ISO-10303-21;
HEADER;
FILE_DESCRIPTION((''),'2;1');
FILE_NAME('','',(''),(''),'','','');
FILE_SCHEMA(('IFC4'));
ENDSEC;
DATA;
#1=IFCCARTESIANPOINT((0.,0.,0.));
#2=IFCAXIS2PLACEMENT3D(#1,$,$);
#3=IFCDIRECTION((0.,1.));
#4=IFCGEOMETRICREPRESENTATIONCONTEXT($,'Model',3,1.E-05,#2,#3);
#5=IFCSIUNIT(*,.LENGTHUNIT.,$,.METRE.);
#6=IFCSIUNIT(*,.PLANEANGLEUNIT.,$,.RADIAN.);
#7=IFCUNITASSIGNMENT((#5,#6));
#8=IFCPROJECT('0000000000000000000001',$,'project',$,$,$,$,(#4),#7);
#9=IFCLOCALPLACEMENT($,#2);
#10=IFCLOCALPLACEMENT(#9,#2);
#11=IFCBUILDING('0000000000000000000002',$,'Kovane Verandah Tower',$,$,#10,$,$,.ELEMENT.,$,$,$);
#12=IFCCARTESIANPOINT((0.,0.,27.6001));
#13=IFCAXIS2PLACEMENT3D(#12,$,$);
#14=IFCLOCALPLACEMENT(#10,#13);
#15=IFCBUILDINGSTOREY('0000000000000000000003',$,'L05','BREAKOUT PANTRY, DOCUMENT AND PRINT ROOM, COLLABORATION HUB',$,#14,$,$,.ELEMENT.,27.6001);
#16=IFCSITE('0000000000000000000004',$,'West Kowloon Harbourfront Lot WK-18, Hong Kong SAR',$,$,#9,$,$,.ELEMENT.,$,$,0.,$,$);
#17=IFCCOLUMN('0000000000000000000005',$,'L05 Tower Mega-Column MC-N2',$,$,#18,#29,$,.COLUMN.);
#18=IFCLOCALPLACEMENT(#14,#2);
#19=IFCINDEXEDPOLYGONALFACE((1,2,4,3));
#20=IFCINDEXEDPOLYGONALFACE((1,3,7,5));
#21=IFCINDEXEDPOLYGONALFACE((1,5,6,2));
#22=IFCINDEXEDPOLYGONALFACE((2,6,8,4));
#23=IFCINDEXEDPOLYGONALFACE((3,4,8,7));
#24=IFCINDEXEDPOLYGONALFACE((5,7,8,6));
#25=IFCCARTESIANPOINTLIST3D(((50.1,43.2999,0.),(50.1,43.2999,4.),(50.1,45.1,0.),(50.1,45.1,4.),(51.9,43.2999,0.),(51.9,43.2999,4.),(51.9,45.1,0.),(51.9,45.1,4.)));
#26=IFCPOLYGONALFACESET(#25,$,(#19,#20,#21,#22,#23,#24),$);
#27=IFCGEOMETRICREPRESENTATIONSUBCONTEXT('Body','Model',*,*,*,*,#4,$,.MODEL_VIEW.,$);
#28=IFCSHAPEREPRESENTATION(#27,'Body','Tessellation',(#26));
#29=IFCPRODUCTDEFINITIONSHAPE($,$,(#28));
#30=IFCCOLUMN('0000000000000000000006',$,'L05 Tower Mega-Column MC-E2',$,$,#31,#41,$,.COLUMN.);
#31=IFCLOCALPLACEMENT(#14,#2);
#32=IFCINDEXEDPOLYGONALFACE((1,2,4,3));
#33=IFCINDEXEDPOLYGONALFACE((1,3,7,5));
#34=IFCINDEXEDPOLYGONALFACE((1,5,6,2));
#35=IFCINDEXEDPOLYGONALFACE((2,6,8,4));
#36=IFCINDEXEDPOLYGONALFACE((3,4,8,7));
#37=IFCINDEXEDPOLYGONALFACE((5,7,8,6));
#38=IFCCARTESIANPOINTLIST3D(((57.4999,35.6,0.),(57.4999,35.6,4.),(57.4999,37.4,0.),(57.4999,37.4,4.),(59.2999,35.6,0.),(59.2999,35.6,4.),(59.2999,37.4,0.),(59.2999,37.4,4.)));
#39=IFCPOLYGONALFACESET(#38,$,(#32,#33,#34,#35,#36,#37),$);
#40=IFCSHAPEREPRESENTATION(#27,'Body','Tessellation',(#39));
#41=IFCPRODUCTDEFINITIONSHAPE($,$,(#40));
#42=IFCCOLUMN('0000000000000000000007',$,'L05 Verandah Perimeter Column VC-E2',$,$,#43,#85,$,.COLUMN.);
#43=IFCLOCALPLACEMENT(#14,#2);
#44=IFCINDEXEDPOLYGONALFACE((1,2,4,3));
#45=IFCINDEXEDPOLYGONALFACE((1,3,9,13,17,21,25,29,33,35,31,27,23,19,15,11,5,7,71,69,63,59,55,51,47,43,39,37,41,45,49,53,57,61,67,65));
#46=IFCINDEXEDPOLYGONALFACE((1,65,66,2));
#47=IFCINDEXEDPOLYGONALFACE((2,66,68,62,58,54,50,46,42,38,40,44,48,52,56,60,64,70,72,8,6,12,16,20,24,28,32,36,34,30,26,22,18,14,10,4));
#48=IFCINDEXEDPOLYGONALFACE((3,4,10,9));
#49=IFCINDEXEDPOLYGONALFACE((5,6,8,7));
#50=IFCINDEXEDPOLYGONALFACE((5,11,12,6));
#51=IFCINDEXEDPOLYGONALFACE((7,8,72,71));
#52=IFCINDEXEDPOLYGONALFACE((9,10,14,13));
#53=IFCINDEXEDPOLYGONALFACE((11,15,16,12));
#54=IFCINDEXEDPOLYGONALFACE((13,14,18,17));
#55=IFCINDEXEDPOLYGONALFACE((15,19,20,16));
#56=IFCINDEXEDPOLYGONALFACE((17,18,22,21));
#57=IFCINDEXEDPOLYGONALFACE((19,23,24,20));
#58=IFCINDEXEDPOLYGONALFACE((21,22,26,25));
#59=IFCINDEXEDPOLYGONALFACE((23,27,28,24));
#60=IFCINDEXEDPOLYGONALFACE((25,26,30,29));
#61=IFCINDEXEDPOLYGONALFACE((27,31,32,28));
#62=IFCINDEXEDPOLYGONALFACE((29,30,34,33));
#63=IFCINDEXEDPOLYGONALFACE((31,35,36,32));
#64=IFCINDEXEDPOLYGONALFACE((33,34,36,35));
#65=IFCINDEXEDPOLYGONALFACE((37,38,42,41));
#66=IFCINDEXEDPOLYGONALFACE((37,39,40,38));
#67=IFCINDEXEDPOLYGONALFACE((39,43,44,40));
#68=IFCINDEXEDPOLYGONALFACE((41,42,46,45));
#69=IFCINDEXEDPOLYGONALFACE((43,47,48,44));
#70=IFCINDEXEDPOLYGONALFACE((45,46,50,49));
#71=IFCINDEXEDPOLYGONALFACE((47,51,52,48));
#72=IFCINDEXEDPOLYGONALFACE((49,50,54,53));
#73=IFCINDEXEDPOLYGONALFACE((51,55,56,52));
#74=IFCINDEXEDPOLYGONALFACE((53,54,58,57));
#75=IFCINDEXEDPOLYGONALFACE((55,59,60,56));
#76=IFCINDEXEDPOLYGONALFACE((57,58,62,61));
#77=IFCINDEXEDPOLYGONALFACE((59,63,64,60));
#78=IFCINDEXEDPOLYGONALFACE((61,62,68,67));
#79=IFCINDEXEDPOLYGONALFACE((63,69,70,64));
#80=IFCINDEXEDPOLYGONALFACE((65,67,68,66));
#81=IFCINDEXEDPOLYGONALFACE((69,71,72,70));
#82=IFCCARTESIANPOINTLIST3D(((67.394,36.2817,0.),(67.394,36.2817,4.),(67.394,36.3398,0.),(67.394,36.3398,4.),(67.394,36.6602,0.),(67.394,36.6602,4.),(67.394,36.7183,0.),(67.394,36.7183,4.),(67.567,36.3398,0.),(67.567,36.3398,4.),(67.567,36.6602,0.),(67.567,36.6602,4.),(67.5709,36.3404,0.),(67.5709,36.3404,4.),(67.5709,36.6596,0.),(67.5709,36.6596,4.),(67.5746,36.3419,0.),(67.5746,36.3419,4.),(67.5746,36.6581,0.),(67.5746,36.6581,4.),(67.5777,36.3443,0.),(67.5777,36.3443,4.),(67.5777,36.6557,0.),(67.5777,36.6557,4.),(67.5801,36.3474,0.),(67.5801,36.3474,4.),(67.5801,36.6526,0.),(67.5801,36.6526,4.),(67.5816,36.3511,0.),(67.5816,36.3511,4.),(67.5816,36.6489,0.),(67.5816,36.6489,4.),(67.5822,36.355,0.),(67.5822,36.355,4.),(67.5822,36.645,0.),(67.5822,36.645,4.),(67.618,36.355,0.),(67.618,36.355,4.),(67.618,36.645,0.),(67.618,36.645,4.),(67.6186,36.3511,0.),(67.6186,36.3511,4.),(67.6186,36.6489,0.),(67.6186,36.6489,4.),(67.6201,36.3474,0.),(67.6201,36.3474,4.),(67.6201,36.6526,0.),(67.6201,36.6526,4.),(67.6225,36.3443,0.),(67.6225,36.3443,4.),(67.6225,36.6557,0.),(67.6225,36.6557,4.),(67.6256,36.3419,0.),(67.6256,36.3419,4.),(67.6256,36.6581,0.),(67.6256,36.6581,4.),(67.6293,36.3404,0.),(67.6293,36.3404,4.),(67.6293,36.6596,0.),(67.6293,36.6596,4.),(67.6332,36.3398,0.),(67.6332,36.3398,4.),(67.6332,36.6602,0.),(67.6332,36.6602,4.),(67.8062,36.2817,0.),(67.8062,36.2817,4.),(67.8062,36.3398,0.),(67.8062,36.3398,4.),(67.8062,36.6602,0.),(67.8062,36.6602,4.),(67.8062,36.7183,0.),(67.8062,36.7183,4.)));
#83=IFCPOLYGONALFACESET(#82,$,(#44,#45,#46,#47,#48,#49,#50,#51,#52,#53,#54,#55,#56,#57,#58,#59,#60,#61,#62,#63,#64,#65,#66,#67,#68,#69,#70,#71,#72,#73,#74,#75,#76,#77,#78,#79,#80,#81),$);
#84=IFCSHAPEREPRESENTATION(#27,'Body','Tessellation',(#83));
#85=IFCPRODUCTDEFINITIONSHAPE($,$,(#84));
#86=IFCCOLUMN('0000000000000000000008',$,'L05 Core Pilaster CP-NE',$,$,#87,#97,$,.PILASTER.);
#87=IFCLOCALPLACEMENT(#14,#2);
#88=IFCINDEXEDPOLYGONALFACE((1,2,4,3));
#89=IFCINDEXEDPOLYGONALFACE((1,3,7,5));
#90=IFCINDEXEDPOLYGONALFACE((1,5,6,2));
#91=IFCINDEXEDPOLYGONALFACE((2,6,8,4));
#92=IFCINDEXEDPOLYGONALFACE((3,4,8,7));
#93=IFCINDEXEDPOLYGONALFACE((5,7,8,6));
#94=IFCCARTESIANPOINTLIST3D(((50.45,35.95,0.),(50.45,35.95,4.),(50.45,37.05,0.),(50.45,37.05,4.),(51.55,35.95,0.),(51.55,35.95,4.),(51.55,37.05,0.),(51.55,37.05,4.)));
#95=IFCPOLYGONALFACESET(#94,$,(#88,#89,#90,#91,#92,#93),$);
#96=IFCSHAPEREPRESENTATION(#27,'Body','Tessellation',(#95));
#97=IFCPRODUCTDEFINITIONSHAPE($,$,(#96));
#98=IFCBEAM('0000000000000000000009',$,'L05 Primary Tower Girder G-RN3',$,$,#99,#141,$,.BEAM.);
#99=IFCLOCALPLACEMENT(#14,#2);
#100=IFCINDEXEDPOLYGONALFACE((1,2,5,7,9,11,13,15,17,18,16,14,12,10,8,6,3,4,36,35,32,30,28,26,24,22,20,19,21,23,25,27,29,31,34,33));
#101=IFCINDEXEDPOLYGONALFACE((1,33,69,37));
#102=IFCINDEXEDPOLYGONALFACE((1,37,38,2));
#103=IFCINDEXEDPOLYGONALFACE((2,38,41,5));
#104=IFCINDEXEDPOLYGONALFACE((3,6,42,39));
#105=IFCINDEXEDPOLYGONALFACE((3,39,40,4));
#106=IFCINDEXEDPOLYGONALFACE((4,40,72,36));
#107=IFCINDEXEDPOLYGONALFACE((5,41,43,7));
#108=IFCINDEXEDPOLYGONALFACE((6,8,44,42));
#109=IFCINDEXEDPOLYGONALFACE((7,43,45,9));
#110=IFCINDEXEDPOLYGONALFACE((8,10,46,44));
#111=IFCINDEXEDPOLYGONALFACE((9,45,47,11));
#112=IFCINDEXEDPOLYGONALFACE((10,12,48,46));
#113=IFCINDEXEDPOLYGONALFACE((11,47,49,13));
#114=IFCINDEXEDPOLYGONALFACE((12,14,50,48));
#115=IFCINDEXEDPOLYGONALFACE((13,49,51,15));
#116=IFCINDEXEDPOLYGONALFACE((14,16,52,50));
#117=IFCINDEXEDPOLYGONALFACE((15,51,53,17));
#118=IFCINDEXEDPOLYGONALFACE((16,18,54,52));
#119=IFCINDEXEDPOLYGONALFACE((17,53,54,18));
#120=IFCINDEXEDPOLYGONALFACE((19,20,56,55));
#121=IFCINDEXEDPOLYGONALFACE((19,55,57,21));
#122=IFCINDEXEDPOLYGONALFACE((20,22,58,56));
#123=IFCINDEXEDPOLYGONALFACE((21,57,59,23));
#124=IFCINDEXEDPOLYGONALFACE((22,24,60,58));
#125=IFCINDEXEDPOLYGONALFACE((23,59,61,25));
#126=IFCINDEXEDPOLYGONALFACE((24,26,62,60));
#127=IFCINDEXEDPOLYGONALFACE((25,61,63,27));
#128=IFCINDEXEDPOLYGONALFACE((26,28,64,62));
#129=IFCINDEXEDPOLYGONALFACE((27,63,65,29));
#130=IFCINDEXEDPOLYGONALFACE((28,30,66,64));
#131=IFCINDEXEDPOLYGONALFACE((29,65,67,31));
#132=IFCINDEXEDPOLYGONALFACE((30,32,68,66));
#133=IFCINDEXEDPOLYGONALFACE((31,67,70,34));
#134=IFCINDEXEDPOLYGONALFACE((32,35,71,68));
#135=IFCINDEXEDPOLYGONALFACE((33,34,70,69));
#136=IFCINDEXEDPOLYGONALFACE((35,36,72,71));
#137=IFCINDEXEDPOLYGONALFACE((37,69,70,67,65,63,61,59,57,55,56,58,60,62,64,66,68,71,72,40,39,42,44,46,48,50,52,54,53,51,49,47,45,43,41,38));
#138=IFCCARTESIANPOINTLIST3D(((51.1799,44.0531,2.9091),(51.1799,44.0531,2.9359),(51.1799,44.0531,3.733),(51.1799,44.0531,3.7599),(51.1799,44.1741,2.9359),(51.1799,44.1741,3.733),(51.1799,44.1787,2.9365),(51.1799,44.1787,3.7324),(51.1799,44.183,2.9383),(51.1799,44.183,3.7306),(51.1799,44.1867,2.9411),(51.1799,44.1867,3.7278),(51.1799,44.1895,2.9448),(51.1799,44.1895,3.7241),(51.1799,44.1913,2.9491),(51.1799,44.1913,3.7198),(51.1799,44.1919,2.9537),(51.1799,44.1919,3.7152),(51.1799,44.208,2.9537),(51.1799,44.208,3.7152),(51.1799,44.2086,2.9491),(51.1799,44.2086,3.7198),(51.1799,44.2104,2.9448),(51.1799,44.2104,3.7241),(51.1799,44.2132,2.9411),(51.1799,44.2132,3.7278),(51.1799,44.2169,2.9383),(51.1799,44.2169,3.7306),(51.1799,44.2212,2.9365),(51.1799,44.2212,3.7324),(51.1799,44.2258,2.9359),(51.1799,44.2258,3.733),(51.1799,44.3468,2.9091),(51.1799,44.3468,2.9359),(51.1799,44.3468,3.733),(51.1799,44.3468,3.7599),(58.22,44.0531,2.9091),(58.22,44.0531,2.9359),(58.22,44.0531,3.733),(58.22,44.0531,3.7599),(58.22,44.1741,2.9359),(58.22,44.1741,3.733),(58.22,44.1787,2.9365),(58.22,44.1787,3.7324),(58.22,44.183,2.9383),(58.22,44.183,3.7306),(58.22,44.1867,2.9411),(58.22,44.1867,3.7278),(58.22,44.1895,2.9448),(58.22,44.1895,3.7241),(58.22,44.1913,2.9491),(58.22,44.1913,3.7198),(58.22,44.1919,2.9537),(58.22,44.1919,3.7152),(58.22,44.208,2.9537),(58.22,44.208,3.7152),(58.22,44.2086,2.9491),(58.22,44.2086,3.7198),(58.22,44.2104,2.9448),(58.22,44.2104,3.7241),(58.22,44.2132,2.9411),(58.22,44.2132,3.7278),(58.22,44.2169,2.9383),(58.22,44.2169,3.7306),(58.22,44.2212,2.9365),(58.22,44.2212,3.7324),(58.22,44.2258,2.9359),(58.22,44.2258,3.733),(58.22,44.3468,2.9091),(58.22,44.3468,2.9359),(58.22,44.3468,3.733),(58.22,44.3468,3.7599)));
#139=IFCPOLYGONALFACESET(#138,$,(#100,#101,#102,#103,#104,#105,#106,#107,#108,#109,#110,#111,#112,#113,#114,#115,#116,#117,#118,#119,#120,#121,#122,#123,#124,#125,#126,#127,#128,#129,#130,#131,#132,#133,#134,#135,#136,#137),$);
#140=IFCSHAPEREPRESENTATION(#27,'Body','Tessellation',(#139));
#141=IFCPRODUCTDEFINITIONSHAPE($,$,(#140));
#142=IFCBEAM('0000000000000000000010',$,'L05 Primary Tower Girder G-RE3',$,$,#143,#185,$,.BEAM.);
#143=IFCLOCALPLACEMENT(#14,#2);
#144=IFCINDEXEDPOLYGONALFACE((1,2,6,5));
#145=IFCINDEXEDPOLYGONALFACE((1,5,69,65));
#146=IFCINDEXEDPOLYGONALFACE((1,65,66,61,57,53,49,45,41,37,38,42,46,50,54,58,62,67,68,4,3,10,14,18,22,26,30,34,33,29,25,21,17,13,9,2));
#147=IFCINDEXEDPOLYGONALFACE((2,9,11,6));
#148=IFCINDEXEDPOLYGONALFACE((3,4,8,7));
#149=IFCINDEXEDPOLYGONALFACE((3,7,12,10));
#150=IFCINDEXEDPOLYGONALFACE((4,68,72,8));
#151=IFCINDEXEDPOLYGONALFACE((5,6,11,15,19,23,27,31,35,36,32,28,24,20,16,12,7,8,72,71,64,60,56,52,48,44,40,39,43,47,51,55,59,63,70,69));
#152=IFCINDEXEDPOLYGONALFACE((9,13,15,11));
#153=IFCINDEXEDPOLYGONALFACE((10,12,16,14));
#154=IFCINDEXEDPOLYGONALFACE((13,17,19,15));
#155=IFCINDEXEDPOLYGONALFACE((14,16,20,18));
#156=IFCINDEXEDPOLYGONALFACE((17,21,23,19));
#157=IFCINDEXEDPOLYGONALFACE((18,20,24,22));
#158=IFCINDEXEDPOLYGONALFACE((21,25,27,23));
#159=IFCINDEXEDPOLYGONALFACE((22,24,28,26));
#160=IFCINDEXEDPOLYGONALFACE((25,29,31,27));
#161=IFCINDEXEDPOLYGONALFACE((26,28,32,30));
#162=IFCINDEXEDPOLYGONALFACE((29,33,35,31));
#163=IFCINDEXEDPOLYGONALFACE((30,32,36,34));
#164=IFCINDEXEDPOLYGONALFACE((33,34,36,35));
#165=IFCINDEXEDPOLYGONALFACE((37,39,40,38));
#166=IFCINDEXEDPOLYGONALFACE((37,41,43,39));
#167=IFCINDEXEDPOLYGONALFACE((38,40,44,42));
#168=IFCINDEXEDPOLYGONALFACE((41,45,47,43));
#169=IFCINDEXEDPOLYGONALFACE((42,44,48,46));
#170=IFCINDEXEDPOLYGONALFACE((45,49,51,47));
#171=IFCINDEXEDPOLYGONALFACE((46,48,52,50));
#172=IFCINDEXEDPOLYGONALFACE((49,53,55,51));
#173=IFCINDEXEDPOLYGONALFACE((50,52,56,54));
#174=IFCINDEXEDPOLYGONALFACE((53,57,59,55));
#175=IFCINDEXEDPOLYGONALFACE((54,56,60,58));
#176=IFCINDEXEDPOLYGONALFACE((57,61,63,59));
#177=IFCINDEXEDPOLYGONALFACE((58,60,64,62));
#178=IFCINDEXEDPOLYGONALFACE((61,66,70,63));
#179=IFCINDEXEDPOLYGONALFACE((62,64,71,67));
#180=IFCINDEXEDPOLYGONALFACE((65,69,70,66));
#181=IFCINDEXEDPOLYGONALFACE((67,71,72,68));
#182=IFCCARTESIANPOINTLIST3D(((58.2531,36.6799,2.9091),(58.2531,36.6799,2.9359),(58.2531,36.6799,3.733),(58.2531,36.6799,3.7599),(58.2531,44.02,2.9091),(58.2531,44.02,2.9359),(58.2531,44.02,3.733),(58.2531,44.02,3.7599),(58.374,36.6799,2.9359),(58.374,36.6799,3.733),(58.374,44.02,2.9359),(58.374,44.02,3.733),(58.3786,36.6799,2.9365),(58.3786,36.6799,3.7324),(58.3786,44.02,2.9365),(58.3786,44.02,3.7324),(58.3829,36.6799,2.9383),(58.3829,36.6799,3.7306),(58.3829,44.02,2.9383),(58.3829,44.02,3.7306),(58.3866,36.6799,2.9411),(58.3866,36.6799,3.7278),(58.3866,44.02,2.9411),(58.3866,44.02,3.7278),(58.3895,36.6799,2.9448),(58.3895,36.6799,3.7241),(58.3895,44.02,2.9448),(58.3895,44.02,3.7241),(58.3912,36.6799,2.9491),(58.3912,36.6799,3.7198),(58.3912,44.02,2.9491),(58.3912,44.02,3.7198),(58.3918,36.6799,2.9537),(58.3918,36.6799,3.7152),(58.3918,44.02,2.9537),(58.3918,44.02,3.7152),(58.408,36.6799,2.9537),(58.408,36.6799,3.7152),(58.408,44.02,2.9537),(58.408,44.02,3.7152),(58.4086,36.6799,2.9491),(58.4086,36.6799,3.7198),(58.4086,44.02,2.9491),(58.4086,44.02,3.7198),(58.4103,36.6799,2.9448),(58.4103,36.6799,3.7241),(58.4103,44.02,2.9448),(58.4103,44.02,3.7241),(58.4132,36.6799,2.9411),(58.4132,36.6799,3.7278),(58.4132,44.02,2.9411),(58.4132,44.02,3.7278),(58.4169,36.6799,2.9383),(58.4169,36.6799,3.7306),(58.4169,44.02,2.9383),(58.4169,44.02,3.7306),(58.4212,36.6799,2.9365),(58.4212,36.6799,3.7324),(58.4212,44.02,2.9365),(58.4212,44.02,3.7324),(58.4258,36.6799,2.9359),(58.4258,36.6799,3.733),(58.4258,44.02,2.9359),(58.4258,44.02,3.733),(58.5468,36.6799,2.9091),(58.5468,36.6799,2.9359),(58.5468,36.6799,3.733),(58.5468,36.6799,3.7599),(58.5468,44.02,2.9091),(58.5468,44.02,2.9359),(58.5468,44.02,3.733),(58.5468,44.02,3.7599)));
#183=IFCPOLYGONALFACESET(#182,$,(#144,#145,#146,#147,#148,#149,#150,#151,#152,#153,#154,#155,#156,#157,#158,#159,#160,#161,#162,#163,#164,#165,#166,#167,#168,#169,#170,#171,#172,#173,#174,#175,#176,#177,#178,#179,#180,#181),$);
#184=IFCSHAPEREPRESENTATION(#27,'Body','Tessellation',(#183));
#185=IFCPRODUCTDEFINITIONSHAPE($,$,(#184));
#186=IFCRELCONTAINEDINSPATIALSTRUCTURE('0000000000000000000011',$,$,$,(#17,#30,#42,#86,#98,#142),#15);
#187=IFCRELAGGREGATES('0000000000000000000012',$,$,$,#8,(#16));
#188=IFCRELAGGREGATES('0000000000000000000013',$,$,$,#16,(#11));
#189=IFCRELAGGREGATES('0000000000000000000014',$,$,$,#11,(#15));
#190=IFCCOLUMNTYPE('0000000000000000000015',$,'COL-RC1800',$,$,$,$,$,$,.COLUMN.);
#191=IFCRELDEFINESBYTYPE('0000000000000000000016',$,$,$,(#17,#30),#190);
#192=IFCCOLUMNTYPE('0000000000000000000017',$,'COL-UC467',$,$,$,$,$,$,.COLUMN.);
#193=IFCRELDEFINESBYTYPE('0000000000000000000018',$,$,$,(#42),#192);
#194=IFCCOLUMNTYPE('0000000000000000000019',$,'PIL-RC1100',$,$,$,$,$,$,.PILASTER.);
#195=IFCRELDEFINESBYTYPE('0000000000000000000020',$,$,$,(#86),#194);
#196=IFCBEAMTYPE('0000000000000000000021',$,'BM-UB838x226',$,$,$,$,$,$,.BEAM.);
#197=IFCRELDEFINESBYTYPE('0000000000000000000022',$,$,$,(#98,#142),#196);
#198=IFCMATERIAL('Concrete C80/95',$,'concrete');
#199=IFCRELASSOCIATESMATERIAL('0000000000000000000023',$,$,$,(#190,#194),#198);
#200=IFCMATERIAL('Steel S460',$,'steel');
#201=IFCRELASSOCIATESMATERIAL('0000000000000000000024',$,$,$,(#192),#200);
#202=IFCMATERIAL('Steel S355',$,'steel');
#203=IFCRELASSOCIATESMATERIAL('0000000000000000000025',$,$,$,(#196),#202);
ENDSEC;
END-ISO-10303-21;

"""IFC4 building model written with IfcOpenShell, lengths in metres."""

from ifc_helpers import new_model, si_unit, direction, frame, origin, origin_2d, place, context, subcontext, project, spatial, rectangle, i_section, extrude, material, material_profile, profile_set, type_object, element, save


model = new_model("IFC4")

# Units and contexts
model_context = context("Model", 3, precision=1e-05, world=origin(), true_north=direction((0.0, 1.0)))
body_context = subcontext(model_context, "Body", "Model", "MODEL_VIEW")
ifc_project = project(units=[si_unit("LENGTHUNIT", "METRE"), si_unit("PLANEANGLEUNIT", "RADIAN")], contexts=[model_context])

# Site, building, storey
site_placement = place(None, origin())
site = spatial("IfcSite", under=ifc_project, at=site_placement, Name="West Kowloon Harbourfront Lot WK-18, Hong Kong SAR", CompositionType="ELEMENT", RefElevation=0.0)
building_placement = place(site_placement, origin())
building = spatial("IfcBuilding", under=site, at=building_placement, Name="Kovane Verandah Tower", CompositionType="ELEMENT")
storey_placement = place(building_placement, frame((0.0, 0.0, 27.6001)))
storey = spatial("IfcBuildingStorey", under=building, at=storey_placement, Name="L05", Description="BREAKOUT PANTRY, DOCUMENT AND PRINT ROOM, COLLABORATION HUB", CompositionType="ELEMENT", Elevation=27.6001)

# Columns
ifc_material_1 = material(Name="Concrete C80/95", Category="concrete")
ifc_material_profile_1 = material_profile(ifc_material_1, rectangle(XDim=1.8, YDim=1.8, at=origin_2d()), Name="RC1800x1800")
ifc_profile_set_1 = profile_set([ifc_material_profile_1], Name="Concrete C80/95")
column_type_1 = type_object("IfcColumnType", Name="COL-RC1800", PredefinedType="COLUMN", material=ifc_profile_set_1)
for number, where, z_axis, x_axis, name in (
    (1, (51.0, 44.2, 0.0), (0.0, 0.0, 1.0), (1.0, 0.0, 0.0), "L05 Tower Mega-Column MC-N2"),
    (2, (58.3999, 36.5, 0.0), (0.0, 0.0, 1.0), (1.0, 0.0, 0.0), "L05 Tower Mega-Column MC-E2"),
):
    element("IfcColumn", number, at=place(storey_placement, frame(where, z_axis=z_axis, x_axis=x_axis)), inside=storey, type_object=column_type_1, Name=name, PredefinedType="COLUMN", context=body_context, shape_type="SweptSolid", body=[
        extrude(rectangle(XDim=1.8, YDim=1.8, at=origin_2d()), origin(), (0.0, 0.0, 1.0), 4.0),
    ])
ifc_material_2 = material(Name="Steel S460", Category="steel")
ifc_material_profile_2 = material_profile(ifc_material_2, i_section(OverallWidth=0.4121, OverallDepth=0.4365, WebThickness=0.0359, FlangeThickness=0.0581, FilletRadius=0.0151, at=origin_2d()), Name="UC356x406x467")
ifc_profile_set_2 = profile_set([ifc_material_profile_2], Name="Steel S460")
column_type_2 = type_object("IfcColumnType", Name="COL-UC467", PredefinedType="COLUMN", material=ifc_profile_set_2)
column_1_placement = place(storey_placement, frame((67.6001, 36.5, 0.0), z_axis=(0.0, 0.0, 1.0), x_axis=(1.0, 0.0, 0.0)))
element("IfcColumn", 3, at=column_1_placement, inside=storey, type_object=column_type_2, Name="L05 Verandah Perimeter Column VC-E2", PredefinedType="COLUMN", context=body_context, shape_type="SweptSolid", body=[
    extrude(i_section(OverallWidth=0.4121, OverallDepth=0.4365, WebThickness=0.0359, FlangeThickness=0.0581, FilletRadius=0.0151, at=origin_2d()), origin(), (0.0, 0.0, 1.0), 4.0),
])
ifc_material_profile_3 = material_profile(ifc_material_1, rectangle(XDim=1.1001, YDim=1.1001, at=origin_2d()), Name="RC1100x1100")
ifc_profile_set_3 = profile_set([ifc_material_profile_3], Name="Concrete C80/95")
column_type_3 = type_object("IfcColumnType", Name="PIL-RC1100", PredefinedType="PILASTER", material=ifc_profile_set_3)
column_2_placement = place(storey_placement, frame((51.0, 36.5, 0.0), z_axis=(0.0, 0.0, 1.0), x_axis=(1.0, 0.0, 0.0)))
element("IfcColumn", 4, at=column_2_placement, inside=storey, type_object=column_type_3, Name="L05 Core Pilaster CP-NE", PredefinedType="PILASTER", context=body_context, shape_type="SweptSolid", body=[
    extrude(rectangle(XDim=1.1001, YDim=1.1001, at=origin_2d()), origin(), (0.0, 0.0, 1.0), 4.0),
])

# Beams
ifc_material_3 = material(Name="Steel S355", Category="steel")
ifc_material_profile_4 = material_profile(ifc_material_3, i_section(OverallWidth=0.2937, OverallDepth=0.8508, WebThickness=0.0161, FlangeThickness=0.0269, FilletRadius=0.0178, at=origin_2d()), Name="UB838x292x226")
ifc_profile_set_4 = profile_set([ifc_material_profile_4], Name="Steel S355")
beam_type_1 = type_object("IfcBeamType", Name="BM-UB838x226", PredefinedType="BEAM", material=ifc_profile_set_4)
beam_1_placement = place(storey_placement, frame((51.1799, 44.2, 3.3345), z_axis=(1.0, 0.0, 0.0), x_axis=(0.0, 1.0, 0.0)))
element("IfcBeam", 5, at=beam_1_placement, inside=storey, type_object=beam_type_1, Name="L05 Primary Tower Girder G-RN3", PredefinedType="BEAM", context=body_context, shape_type="SweptSolid", body=[
    extrude(i_section(OverallWidth=0.2937, OverallDepth=0.8508, WebThickness=0.0161, FlangeThickness=0.0269, FilletRadius=0.0178, at=origin_2d()), origin(), (0.0, 0.0, 1.0), 7.04),
])
beam_2_placement = place(storey_placement, frame((58.3999, 36.6799, 3.3345), z_axis=(0.0, 1.0, 0.0), x_axis=(-1.0, 0.0, 0.0)))
element("IfcBeam", 6, at=beam_2_placement, inside=storey, type_object=beam_type_1, Name="L05 Primary Tower Girder G-RE3", PredefinedType="BEAM", context=body_context, shape_type="SweptSolid", body=[
    extrude(i_section(OverallWidth=0.2937, OverallDepth=0.8508, WebThickness=0.0161, FlangeThickness=0.0269, FilletRadius=0.0178, at=origin_2d()), origin(), (0.0, 0.0, 1.0), 7.3401),
])

save(model, "model.ifc")
